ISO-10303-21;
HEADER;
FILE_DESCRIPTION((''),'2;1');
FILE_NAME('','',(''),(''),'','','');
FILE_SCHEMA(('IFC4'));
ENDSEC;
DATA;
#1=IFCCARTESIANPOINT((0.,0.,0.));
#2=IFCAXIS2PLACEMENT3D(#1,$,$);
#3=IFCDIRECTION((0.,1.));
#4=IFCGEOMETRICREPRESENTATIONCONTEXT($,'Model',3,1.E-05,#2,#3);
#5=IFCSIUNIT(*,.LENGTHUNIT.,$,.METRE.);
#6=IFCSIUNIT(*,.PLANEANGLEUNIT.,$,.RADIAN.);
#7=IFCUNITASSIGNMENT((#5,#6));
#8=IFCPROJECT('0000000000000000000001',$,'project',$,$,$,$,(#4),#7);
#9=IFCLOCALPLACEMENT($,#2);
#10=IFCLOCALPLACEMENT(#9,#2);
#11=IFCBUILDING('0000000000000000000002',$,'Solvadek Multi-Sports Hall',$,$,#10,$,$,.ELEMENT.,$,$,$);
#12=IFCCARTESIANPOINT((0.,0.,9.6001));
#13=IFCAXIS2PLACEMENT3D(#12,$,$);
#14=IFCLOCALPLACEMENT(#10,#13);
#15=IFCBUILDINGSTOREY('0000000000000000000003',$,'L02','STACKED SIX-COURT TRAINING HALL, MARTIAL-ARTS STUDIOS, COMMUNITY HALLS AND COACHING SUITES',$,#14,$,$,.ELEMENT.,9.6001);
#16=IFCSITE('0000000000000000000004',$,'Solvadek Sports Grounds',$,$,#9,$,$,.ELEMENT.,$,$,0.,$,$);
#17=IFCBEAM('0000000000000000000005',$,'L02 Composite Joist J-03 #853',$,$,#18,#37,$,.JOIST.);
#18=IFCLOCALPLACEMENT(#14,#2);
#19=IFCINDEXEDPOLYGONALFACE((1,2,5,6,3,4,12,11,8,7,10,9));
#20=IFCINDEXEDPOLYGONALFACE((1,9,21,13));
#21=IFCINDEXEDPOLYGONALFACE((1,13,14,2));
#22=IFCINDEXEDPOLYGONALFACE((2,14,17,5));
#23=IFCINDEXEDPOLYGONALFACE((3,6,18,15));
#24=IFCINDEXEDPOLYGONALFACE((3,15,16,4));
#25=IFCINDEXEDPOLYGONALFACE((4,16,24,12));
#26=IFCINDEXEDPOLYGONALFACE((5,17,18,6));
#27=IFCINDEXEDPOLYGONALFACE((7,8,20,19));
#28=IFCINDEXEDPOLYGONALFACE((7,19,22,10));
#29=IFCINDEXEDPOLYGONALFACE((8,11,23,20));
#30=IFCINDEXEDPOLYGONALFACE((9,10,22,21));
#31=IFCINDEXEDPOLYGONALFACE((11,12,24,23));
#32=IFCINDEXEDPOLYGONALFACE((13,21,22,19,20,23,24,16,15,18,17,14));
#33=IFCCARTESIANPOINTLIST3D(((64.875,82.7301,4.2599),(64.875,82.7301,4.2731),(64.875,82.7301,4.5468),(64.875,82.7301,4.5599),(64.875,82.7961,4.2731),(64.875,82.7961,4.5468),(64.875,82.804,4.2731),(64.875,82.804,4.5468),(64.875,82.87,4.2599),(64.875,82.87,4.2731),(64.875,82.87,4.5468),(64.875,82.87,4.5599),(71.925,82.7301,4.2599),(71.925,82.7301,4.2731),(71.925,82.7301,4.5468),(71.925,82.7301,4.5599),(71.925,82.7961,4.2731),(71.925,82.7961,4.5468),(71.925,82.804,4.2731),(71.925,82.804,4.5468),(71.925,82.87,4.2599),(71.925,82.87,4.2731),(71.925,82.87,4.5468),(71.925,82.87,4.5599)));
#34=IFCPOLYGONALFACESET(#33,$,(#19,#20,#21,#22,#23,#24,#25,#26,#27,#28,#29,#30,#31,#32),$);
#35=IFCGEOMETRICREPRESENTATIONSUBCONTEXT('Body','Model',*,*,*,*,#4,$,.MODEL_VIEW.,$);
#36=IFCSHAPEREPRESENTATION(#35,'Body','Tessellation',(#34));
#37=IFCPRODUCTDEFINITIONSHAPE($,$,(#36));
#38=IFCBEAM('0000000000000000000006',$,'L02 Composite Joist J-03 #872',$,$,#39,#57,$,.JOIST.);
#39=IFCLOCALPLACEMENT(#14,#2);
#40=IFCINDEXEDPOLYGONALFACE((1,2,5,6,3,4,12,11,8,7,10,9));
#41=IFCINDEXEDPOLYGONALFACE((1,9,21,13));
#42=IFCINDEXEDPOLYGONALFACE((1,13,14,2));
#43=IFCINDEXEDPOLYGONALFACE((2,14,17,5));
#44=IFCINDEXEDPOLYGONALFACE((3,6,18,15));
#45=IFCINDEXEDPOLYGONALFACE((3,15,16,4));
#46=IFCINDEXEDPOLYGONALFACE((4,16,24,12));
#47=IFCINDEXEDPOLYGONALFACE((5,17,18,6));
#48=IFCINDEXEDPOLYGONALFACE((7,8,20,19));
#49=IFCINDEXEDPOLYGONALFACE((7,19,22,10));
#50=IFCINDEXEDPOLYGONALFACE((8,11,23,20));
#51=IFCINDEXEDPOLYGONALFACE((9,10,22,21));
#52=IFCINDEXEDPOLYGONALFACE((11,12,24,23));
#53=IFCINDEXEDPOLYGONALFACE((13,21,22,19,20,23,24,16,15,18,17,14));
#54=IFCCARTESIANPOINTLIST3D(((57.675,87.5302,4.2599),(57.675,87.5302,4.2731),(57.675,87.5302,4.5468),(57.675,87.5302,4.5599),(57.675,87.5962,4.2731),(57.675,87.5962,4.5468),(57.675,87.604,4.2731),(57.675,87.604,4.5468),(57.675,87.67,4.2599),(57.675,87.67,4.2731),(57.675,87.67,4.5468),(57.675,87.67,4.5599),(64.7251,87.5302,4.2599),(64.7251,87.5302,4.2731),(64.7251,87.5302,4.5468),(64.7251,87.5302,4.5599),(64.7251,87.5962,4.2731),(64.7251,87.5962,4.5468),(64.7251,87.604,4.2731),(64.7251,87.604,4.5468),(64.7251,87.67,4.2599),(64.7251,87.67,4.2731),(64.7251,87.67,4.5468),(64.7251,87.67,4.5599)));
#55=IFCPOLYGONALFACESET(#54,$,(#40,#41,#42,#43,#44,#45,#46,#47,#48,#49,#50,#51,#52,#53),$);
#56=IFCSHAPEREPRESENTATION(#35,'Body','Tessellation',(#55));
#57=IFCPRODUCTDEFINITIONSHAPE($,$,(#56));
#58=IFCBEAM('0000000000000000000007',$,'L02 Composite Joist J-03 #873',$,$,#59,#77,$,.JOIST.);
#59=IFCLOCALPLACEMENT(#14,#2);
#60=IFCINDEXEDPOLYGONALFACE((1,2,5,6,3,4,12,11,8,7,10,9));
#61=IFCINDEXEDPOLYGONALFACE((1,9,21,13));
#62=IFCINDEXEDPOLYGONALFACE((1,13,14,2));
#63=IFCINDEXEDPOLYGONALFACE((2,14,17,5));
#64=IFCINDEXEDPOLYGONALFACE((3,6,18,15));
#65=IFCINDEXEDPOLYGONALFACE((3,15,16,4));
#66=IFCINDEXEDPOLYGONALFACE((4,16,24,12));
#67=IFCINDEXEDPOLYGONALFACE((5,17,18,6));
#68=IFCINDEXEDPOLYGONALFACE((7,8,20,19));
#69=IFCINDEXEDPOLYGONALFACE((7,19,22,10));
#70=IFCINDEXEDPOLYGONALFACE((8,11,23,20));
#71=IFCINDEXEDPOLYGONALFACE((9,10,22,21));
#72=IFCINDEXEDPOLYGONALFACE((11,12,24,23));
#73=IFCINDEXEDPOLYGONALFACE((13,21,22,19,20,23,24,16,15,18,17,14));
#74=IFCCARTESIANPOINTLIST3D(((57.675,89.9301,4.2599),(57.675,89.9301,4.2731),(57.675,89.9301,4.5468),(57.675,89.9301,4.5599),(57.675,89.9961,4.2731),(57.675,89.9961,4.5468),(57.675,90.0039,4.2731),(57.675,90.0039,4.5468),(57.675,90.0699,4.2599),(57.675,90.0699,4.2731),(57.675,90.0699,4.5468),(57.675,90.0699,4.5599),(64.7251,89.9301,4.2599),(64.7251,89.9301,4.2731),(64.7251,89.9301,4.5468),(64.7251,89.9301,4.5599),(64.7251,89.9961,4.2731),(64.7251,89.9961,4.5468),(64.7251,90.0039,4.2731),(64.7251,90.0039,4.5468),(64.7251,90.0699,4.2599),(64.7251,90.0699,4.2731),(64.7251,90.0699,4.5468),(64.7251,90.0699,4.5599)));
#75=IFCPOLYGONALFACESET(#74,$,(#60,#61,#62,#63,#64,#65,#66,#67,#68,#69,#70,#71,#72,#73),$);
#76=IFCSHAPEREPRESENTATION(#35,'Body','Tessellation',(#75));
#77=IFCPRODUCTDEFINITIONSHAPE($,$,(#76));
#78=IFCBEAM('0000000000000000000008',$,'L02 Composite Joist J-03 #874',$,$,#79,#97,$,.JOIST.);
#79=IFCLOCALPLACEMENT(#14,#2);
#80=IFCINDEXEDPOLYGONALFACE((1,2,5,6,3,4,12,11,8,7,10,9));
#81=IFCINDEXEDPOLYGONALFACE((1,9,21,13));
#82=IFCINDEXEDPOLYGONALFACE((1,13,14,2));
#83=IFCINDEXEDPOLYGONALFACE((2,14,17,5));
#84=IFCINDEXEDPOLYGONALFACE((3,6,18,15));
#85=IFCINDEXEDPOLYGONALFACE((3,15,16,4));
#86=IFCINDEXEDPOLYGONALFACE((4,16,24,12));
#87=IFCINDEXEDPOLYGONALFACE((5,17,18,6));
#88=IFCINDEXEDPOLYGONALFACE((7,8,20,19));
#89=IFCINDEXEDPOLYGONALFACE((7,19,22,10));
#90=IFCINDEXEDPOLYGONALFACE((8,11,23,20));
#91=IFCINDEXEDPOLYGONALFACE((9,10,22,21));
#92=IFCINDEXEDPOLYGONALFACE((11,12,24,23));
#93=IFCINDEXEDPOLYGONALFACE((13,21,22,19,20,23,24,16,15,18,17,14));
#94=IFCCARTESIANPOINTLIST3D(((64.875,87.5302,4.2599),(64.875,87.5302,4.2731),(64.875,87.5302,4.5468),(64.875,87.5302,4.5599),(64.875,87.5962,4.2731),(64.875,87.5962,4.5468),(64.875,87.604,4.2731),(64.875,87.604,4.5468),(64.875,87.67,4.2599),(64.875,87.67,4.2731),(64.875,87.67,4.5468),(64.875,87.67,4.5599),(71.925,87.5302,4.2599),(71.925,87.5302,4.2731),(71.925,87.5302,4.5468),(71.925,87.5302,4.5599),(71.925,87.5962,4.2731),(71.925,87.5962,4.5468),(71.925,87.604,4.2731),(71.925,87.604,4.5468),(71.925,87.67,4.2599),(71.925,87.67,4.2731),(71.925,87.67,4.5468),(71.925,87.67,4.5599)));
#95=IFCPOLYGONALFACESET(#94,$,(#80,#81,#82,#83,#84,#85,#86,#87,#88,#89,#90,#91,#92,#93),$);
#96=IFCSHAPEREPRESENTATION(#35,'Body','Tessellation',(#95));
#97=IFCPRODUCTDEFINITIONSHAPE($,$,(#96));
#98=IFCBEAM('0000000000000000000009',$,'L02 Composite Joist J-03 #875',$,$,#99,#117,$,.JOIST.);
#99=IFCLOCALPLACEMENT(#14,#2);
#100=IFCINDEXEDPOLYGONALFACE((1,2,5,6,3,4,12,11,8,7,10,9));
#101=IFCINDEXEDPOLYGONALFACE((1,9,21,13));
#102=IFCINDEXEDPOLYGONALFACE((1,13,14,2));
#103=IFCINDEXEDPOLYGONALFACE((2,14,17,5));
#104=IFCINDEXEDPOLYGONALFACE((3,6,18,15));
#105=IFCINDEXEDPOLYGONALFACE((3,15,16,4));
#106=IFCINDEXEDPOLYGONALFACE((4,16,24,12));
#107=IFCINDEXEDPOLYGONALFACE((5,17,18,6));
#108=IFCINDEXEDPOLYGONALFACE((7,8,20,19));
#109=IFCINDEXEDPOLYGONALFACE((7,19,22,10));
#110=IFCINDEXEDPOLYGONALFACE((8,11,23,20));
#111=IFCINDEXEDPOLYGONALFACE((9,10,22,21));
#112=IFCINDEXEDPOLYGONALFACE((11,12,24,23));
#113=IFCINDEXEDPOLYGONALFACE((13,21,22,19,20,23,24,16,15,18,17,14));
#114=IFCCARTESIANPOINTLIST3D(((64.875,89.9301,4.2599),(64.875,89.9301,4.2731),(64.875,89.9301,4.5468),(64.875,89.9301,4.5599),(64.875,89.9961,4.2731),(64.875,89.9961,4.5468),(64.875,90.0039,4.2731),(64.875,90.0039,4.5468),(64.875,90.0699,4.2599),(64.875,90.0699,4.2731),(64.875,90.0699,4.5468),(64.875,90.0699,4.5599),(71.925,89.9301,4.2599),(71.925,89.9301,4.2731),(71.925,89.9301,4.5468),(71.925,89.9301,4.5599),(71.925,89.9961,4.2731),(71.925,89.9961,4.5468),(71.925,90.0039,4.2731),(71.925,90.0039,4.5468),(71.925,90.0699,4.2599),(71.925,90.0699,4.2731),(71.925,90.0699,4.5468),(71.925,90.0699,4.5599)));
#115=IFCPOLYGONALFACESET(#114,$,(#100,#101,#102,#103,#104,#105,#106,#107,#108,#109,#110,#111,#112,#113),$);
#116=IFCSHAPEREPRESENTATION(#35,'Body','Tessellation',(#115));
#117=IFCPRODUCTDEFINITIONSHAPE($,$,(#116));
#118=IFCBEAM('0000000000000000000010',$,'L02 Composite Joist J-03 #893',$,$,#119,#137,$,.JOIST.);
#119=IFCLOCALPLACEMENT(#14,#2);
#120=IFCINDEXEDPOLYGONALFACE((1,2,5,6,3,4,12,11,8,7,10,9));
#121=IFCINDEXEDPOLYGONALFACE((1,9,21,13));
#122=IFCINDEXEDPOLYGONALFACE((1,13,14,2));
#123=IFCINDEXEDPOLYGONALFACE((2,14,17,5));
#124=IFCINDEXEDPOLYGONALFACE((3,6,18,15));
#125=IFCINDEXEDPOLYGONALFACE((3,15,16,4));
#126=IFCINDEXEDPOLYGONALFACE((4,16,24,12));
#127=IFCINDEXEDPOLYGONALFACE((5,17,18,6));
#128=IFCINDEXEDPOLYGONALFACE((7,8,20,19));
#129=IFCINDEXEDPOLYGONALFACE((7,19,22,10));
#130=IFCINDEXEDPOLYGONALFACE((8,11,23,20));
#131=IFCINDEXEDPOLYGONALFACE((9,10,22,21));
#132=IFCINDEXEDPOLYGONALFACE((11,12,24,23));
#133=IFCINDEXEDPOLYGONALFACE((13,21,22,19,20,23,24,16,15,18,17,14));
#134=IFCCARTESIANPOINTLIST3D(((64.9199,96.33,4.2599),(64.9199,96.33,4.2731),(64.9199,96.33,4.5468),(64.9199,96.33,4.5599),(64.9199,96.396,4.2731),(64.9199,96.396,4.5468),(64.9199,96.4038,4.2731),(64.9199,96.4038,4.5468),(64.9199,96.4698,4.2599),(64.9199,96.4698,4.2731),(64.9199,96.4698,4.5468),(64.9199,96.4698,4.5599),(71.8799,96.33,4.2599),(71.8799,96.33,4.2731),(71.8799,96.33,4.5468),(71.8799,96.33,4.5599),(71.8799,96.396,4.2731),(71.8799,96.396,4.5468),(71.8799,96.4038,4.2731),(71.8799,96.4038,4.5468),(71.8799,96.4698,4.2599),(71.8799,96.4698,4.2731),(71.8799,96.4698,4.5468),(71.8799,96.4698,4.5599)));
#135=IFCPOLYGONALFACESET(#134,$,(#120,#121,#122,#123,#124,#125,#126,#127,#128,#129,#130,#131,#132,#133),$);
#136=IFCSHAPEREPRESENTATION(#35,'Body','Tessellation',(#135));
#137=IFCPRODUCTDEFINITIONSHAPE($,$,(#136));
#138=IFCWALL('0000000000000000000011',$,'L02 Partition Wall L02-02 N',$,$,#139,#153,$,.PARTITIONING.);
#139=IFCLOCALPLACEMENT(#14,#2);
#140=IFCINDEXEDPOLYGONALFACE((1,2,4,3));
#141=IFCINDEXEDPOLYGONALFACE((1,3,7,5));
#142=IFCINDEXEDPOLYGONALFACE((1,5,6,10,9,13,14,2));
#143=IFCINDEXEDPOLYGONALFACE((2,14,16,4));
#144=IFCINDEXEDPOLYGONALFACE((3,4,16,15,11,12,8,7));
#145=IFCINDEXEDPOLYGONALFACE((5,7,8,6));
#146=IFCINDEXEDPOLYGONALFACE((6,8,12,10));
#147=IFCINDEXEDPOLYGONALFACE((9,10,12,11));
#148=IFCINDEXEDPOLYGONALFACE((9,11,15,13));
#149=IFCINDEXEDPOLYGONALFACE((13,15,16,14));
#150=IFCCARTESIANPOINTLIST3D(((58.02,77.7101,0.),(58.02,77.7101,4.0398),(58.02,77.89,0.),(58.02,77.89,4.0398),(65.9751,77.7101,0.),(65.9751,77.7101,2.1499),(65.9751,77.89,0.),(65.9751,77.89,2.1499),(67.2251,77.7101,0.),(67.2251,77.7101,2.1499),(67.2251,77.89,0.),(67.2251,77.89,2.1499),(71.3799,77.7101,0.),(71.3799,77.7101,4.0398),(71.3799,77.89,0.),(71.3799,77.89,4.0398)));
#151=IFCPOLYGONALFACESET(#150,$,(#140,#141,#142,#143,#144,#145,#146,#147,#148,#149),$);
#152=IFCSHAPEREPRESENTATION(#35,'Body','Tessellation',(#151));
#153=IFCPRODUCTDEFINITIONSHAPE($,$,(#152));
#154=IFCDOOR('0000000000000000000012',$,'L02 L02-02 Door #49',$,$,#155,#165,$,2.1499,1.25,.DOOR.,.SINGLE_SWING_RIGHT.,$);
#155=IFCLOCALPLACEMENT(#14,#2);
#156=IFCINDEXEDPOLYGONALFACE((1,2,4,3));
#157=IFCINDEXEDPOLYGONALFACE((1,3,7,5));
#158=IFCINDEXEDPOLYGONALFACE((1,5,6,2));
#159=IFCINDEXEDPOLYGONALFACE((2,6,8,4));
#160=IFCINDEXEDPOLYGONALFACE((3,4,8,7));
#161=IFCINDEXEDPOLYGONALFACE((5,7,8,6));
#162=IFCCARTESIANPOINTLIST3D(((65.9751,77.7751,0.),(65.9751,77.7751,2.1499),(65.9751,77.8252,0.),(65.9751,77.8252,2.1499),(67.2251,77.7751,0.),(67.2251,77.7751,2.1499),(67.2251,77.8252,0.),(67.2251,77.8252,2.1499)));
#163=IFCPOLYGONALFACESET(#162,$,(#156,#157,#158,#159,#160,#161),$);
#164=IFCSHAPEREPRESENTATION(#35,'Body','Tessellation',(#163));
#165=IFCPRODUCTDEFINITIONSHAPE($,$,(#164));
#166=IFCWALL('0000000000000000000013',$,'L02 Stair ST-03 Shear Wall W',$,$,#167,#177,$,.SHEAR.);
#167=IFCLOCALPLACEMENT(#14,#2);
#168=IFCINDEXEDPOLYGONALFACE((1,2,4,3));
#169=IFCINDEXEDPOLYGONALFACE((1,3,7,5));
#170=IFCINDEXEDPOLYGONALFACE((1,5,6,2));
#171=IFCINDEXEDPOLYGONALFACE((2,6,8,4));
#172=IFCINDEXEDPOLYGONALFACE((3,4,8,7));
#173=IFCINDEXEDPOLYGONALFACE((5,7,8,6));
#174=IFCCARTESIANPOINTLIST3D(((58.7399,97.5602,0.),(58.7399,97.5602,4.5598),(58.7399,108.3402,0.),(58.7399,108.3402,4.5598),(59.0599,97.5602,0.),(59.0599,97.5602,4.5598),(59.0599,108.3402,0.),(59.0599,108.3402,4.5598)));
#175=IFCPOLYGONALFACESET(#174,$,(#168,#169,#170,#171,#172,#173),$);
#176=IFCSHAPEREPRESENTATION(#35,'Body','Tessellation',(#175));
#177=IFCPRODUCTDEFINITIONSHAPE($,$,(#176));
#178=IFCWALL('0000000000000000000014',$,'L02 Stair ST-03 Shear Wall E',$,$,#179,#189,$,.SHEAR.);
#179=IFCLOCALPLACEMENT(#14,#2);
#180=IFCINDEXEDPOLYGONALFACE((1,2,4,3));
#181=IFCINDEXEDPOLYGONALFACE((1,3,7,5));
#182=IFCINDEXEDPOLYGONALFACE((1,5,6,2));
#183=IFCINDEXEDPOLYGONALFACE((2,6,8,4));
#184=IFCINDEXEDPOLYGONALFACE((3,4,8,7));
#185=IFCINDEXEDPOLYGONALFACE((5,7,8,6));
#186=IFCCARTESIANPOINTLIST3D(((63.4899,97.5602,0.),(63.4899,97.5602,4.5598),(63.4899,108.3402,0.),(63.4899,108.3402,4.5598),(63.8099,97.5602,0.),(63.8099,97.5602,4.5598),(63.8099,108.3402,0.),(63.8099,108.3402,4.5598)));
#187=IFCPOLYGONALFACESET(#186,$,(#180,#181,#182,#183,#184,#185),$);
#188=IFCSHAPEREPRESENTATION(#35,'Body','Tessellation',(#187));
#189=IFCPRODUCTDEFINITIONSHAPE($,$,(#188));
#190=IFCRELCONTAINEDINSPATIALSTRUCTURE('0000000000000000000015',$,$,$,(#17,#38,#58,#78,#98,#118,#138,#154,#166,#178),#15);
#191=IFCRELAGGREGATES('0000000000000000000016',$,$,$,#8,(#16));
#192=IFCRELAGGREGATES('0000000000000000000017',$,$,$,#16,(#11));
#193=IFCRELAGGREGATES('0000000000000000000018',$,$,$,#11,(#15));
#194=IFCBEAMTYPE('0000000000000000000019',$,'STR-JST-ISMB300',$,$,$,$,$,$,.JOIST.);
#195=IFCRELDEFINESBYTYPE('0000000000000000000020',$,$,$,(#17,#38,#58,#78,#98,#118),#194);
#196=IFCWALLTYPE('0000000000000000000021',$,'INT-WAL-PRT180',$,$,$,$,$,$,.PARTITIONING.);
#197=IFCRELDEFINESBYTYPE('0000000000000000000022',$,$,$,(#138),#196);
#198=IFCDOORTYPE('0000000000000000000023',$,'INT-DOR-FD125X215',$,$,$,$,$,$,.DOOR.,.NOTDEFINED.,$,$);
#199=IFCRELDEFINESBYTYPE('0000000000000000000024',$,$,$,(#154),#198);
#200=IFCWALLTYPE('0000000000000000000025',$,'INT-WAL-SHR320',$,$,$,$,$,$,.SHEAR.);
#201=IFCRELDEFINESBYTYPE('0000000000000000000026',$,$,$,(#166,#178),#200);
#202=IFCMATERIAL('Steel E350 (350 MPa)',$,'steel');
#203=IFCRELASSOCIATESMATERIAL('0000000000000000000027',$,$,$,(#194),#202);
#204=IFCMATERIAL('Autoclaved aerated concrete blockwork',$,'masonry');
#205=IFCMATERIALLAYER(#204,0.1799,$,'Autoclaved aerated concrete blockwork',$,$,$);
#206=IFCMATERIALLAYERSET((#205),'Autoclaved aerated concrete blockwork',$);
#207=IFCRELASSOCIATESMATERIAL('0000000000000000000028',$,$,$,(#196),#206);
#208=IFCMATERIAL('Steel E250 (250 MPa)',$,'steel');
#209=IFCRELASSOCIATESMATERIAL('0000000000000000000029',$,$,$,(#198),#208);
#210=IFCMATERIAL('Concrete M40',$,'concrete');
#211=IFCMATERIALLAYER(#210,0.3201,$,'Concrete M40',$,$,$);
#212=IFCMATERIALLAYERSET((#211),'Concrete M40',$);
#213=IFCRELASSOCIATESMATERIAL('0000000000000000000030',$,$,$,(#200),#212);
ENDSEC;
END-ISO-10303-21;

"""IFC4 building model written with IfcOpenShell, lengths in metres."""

from ifc_helpers import new_model, si_unit, direction, frame, frame_2d, origin, origin_2d, place, context, subcontext, project, spatial, rectangle, i_section, extrude, material, layer, layer_set, material_profile, profile_set, type_object, element, fill, save


model = new_model("IFC4")

# Units and contexts
model_context = context("Model", 3, precision=1e-05, world=origin(), true_north=direction((0.0, 1.0)))
body_context = subcontext(model_context, "Body", "Model", "MODEL_VIEW")
ifc_project = project(units=[si_unit("LENGTHUNIT", "METRE"), si_unit("PLANEANGLEUNIT", "RADIAN")], contexts=[model_context])

# Site, building, storey
site_placement = place(None, origin())
site = spatial("IfcSite", under=ifc_project, at=site_placement, Name="Solvadek Sports Grounds", CompositionType="ELEMENT", RefElevation=0.0)
building_placement = place(site_placement, origin())
building = spatial("IfcBuilding", under=site, at=building_placement, Name="Solvadek Multi-Sports Hall", CompositionType="ELEMENT")
storey_placement = place(building_placement, frame((0.0, 0.0, 9.6001)))
storey = spatial("IfcBuildingStorey", under=building, at=storey_placement, Name="L02", Description="STACKED SIX-COURT TRAINING HALL, MARTIAL-ARTS STUDIOS, COMMUNITY HALLS AND COACHING SUITES", CompositionType="ELEMENT", Elevation=9.6001)

# Shared definitions
ifc_material_1 = material(Name="Steel E350 (350 MPa)", Category="steel")

# Beams
ifc_material_profile_1 = material_profile(ifc_material_1, i_section(OverallWidth=0.1399, OverallDepth=0.3, WebThickness=0.0078, FlangeThickness=0.0132, at=origin_2d()), Name="ISMB 300")
ifc_profile_set_1 = profile_set([ifc_material_profile_1], Name="Steel E350 (350 MPa)")
beam_type_1 = type_object("IfcBeamType", Name="STR-JST-ISMB300", PredefinedType="JOIST", material=ifc_profile_set_1)
for number, where, z_axis, x_axis, name in (
    (1, (64.875, 82.8, 4.4099), (1.0, 0.0, 0.0), (0.0, 1.0, 0.0), "L02 Composite Joist J-03 #853"),
    (2, (57.675, 87.6001, 4.4099), (1.0, 0.0, 0.0), (0.0, 1.0, 0.0), "L02 Composite Joist J-03 #872"),
    (3, (57.675, 90.0, 4.4099), (1.0, 0.0, 0.0), (0.0, 1.0, 0.0), "L02 Composite Joist J-03 #873"),
    (4, (64.875, 87.6001, 4.4099), (1.0, 0.0, 0.0), (0.0, 1.0, 0.0), "L02 Composite Joist J-03 #874"),
    (5, (64.875, 90.0, 4.4099), (1.0, 0.0, 0.0), (0.0, 1.0, 0.0), "L02 Composite Joist J-03 #875"),
):
    element("IfcBeam", number, at=place(storey_placement, frame(where, z_axis=z_axis, x_axis=x_axis)), inside=storey, type_object=beam_type_1, Name=name, PredefinedType="JOIST", context=body_context, shape_type="SweptSolid", body=[
        extrude(i_section(OverallWidth=0.1399, OverallDepth=0.3, WebThickness=0.0078, FlangeThickness=0.0132, at=origin_2d()), origin(), (0.0, 0.0, 1.0), 7.05),
    ])
beam_1_placement = place(storey_placement, frame((64.9199, 96.3999, 4.4099), z_axis=(1.0, 0.0, 0.0), x_axis=(0.0, 1.0, 0.0)))
element("IfcBeam", 6, at=beam_1_placement, inside=storey, type_object=beam_type_1, Name="L02 Composite Joist J-03 #893", PredefinedType="JOIST", context=body_context, shape_type="SweptSolid", body=[
    extrude(i_section(OverallWidth=0.1399, OverallDepth=0.3, WebThickness=0.0078, FlangeThickness=0.0132, at=origin_2d()), origin(), (0.0, 0.0, 1.0), 6.96),
])

# Wall, opening, door
ifc_material_2 = material(Name="Autoclaved aerated concrete blockwork", Category="masonry")
ifc_layer_1 = layer(ifc_material_2, 0.1799, Name="Autoclaved aerated concrete blockwork")
ifc_layer_set_1 = layer_set([ifc_layer_1], Name="Autoclaved aerated concrete blockwork")
wall_type_1 = type_object("IfcWallType", Name="INT-WAL-PRT180", PredefinedType="PARTITIONING", material=ifc_layer_set_1)
wall_1_placement = place(storey_placement, frame((58.02, 77.8, 0.0), z_axis=(0.0, 0.0, 1.0), x_axis=(1.0, 0.0, 0.0)))
wall_1 = element("IfcWall", 7, at=wall_1_placement, inside=storey, type_object=wall_type_1, Name="L02 Partition Wall L02-02 N", PredefinedType="PARTITIONING", context=body_context, shape_type="SweptSolid", body=[
    extrude(rectangle(XDim=13.3599, YDim=0.1799, at=frame_2d((6.6799, 0.0))), origin(), (0.0, 0.0, 1.0), 4.0398),
])
opening_1_placement = place(wall_1_placement, frame((7.9551, 0.0, 0.0)))
opening_1 = element("IfcOpeningElement", 8, at=opening_1_placement, cuts=wall_1, PredefinedType="OPENING", context=body_context, shape_type="SweptSolid", body=[
    extrude(rectangle(XDim=1.25, YDim=2.1499, at=frame_2d((0.625, 1.075))), frame((0.0, 0.0999, 0.0), z_axis=(0.0, -1.0, 0.0), x_axis=(1.0, 0.0, 0.0)), (0.0, 0.0, 1.0), 0.2),
])
ifc_material_3 = material(Name="Steel E250 (250 MPa)", Category="steel")
door_type_1 = type_object("IfcDoorType", Name="INT-DOR-FD125X215", OperationType="NOTDEFINED", PredefinedType="DOOR", material=ifc_material_3)
door_1_placement = place(opening_1_placement, frame((1.25, 0.0, 0.0), z_axis=(0.0, 0.0, 1.0), x_axis=(-1.0, 0.0, 0.0)))
door_1 = element("IfcDoor", 9, at=door_1_placement, inside=storey, type_object=door_type_1, Name="L02 L02-02 Door #49", OperationType="SINGLE_SWING_RIGHT", OverallHeight=2.1499, OverallWidth=1.25, PredefinedType="DOOR", context=body_context, shape_type="SweptSolid", body=[
    extrude(rectangle(XDim=1.25, YDim=2.1499, at=frame_2d((0.625, 1.075))), frame((0.0, 0.0249, 0.0), z_axis=(0.0, -1.0, 0.0), x_axis=(1.0, 0.0, 0.0)), (0.0, 0.0, 1.0), 0.05),
])
fill(opening_1, door_1)
ifc_material_4 = material(Name="Concrete M40", Category="concrete")
ifc_layer_2 = layer(ifc_material_4, 0.3201, Name="Concrete M40")
ifc_layer_set_2 = layer_set([ifc_layer_2], Name="Concrete M40")
wall_type_2 = type_object("IfcWallType", Name="INT-WAL-SHR320", PredefinedType="SHEAR", material=ifc_layer_set_2)

# Walls
for number, where, z_axis, x_axis, name in (
    (10, (58.8999, 97.5601, 0.0), (0.0, 0.0, 1.0), (0.0, 1.0, 0.0), "L02 Stair ST-03 Shear Wall W"),
    (11, (63.6499, 97.5601, 0.0), (0.0, 0.0, 1.0), (0.0, 1.0, 0.0), "L02 Stair ST-03 Shear Wall E"),
):
    element("IfcWall", number, at=place(storey_placement, frame(where, z_axis=z_axis, x_axis=x_axis)), inside=storey, type_object=wall_type_2, Name=name, PredefinedType="SHEAR", context=body_context, shape_type="SweptSolid", body=[
        extrude(rectangle(XDim=10.78, YDim=0.3201, at=frame_2d((5.3901, 0.0))), origin(), (0.0, 0.0, 1.0), 4.5598),
    ])

save(model, "model.ifc")
